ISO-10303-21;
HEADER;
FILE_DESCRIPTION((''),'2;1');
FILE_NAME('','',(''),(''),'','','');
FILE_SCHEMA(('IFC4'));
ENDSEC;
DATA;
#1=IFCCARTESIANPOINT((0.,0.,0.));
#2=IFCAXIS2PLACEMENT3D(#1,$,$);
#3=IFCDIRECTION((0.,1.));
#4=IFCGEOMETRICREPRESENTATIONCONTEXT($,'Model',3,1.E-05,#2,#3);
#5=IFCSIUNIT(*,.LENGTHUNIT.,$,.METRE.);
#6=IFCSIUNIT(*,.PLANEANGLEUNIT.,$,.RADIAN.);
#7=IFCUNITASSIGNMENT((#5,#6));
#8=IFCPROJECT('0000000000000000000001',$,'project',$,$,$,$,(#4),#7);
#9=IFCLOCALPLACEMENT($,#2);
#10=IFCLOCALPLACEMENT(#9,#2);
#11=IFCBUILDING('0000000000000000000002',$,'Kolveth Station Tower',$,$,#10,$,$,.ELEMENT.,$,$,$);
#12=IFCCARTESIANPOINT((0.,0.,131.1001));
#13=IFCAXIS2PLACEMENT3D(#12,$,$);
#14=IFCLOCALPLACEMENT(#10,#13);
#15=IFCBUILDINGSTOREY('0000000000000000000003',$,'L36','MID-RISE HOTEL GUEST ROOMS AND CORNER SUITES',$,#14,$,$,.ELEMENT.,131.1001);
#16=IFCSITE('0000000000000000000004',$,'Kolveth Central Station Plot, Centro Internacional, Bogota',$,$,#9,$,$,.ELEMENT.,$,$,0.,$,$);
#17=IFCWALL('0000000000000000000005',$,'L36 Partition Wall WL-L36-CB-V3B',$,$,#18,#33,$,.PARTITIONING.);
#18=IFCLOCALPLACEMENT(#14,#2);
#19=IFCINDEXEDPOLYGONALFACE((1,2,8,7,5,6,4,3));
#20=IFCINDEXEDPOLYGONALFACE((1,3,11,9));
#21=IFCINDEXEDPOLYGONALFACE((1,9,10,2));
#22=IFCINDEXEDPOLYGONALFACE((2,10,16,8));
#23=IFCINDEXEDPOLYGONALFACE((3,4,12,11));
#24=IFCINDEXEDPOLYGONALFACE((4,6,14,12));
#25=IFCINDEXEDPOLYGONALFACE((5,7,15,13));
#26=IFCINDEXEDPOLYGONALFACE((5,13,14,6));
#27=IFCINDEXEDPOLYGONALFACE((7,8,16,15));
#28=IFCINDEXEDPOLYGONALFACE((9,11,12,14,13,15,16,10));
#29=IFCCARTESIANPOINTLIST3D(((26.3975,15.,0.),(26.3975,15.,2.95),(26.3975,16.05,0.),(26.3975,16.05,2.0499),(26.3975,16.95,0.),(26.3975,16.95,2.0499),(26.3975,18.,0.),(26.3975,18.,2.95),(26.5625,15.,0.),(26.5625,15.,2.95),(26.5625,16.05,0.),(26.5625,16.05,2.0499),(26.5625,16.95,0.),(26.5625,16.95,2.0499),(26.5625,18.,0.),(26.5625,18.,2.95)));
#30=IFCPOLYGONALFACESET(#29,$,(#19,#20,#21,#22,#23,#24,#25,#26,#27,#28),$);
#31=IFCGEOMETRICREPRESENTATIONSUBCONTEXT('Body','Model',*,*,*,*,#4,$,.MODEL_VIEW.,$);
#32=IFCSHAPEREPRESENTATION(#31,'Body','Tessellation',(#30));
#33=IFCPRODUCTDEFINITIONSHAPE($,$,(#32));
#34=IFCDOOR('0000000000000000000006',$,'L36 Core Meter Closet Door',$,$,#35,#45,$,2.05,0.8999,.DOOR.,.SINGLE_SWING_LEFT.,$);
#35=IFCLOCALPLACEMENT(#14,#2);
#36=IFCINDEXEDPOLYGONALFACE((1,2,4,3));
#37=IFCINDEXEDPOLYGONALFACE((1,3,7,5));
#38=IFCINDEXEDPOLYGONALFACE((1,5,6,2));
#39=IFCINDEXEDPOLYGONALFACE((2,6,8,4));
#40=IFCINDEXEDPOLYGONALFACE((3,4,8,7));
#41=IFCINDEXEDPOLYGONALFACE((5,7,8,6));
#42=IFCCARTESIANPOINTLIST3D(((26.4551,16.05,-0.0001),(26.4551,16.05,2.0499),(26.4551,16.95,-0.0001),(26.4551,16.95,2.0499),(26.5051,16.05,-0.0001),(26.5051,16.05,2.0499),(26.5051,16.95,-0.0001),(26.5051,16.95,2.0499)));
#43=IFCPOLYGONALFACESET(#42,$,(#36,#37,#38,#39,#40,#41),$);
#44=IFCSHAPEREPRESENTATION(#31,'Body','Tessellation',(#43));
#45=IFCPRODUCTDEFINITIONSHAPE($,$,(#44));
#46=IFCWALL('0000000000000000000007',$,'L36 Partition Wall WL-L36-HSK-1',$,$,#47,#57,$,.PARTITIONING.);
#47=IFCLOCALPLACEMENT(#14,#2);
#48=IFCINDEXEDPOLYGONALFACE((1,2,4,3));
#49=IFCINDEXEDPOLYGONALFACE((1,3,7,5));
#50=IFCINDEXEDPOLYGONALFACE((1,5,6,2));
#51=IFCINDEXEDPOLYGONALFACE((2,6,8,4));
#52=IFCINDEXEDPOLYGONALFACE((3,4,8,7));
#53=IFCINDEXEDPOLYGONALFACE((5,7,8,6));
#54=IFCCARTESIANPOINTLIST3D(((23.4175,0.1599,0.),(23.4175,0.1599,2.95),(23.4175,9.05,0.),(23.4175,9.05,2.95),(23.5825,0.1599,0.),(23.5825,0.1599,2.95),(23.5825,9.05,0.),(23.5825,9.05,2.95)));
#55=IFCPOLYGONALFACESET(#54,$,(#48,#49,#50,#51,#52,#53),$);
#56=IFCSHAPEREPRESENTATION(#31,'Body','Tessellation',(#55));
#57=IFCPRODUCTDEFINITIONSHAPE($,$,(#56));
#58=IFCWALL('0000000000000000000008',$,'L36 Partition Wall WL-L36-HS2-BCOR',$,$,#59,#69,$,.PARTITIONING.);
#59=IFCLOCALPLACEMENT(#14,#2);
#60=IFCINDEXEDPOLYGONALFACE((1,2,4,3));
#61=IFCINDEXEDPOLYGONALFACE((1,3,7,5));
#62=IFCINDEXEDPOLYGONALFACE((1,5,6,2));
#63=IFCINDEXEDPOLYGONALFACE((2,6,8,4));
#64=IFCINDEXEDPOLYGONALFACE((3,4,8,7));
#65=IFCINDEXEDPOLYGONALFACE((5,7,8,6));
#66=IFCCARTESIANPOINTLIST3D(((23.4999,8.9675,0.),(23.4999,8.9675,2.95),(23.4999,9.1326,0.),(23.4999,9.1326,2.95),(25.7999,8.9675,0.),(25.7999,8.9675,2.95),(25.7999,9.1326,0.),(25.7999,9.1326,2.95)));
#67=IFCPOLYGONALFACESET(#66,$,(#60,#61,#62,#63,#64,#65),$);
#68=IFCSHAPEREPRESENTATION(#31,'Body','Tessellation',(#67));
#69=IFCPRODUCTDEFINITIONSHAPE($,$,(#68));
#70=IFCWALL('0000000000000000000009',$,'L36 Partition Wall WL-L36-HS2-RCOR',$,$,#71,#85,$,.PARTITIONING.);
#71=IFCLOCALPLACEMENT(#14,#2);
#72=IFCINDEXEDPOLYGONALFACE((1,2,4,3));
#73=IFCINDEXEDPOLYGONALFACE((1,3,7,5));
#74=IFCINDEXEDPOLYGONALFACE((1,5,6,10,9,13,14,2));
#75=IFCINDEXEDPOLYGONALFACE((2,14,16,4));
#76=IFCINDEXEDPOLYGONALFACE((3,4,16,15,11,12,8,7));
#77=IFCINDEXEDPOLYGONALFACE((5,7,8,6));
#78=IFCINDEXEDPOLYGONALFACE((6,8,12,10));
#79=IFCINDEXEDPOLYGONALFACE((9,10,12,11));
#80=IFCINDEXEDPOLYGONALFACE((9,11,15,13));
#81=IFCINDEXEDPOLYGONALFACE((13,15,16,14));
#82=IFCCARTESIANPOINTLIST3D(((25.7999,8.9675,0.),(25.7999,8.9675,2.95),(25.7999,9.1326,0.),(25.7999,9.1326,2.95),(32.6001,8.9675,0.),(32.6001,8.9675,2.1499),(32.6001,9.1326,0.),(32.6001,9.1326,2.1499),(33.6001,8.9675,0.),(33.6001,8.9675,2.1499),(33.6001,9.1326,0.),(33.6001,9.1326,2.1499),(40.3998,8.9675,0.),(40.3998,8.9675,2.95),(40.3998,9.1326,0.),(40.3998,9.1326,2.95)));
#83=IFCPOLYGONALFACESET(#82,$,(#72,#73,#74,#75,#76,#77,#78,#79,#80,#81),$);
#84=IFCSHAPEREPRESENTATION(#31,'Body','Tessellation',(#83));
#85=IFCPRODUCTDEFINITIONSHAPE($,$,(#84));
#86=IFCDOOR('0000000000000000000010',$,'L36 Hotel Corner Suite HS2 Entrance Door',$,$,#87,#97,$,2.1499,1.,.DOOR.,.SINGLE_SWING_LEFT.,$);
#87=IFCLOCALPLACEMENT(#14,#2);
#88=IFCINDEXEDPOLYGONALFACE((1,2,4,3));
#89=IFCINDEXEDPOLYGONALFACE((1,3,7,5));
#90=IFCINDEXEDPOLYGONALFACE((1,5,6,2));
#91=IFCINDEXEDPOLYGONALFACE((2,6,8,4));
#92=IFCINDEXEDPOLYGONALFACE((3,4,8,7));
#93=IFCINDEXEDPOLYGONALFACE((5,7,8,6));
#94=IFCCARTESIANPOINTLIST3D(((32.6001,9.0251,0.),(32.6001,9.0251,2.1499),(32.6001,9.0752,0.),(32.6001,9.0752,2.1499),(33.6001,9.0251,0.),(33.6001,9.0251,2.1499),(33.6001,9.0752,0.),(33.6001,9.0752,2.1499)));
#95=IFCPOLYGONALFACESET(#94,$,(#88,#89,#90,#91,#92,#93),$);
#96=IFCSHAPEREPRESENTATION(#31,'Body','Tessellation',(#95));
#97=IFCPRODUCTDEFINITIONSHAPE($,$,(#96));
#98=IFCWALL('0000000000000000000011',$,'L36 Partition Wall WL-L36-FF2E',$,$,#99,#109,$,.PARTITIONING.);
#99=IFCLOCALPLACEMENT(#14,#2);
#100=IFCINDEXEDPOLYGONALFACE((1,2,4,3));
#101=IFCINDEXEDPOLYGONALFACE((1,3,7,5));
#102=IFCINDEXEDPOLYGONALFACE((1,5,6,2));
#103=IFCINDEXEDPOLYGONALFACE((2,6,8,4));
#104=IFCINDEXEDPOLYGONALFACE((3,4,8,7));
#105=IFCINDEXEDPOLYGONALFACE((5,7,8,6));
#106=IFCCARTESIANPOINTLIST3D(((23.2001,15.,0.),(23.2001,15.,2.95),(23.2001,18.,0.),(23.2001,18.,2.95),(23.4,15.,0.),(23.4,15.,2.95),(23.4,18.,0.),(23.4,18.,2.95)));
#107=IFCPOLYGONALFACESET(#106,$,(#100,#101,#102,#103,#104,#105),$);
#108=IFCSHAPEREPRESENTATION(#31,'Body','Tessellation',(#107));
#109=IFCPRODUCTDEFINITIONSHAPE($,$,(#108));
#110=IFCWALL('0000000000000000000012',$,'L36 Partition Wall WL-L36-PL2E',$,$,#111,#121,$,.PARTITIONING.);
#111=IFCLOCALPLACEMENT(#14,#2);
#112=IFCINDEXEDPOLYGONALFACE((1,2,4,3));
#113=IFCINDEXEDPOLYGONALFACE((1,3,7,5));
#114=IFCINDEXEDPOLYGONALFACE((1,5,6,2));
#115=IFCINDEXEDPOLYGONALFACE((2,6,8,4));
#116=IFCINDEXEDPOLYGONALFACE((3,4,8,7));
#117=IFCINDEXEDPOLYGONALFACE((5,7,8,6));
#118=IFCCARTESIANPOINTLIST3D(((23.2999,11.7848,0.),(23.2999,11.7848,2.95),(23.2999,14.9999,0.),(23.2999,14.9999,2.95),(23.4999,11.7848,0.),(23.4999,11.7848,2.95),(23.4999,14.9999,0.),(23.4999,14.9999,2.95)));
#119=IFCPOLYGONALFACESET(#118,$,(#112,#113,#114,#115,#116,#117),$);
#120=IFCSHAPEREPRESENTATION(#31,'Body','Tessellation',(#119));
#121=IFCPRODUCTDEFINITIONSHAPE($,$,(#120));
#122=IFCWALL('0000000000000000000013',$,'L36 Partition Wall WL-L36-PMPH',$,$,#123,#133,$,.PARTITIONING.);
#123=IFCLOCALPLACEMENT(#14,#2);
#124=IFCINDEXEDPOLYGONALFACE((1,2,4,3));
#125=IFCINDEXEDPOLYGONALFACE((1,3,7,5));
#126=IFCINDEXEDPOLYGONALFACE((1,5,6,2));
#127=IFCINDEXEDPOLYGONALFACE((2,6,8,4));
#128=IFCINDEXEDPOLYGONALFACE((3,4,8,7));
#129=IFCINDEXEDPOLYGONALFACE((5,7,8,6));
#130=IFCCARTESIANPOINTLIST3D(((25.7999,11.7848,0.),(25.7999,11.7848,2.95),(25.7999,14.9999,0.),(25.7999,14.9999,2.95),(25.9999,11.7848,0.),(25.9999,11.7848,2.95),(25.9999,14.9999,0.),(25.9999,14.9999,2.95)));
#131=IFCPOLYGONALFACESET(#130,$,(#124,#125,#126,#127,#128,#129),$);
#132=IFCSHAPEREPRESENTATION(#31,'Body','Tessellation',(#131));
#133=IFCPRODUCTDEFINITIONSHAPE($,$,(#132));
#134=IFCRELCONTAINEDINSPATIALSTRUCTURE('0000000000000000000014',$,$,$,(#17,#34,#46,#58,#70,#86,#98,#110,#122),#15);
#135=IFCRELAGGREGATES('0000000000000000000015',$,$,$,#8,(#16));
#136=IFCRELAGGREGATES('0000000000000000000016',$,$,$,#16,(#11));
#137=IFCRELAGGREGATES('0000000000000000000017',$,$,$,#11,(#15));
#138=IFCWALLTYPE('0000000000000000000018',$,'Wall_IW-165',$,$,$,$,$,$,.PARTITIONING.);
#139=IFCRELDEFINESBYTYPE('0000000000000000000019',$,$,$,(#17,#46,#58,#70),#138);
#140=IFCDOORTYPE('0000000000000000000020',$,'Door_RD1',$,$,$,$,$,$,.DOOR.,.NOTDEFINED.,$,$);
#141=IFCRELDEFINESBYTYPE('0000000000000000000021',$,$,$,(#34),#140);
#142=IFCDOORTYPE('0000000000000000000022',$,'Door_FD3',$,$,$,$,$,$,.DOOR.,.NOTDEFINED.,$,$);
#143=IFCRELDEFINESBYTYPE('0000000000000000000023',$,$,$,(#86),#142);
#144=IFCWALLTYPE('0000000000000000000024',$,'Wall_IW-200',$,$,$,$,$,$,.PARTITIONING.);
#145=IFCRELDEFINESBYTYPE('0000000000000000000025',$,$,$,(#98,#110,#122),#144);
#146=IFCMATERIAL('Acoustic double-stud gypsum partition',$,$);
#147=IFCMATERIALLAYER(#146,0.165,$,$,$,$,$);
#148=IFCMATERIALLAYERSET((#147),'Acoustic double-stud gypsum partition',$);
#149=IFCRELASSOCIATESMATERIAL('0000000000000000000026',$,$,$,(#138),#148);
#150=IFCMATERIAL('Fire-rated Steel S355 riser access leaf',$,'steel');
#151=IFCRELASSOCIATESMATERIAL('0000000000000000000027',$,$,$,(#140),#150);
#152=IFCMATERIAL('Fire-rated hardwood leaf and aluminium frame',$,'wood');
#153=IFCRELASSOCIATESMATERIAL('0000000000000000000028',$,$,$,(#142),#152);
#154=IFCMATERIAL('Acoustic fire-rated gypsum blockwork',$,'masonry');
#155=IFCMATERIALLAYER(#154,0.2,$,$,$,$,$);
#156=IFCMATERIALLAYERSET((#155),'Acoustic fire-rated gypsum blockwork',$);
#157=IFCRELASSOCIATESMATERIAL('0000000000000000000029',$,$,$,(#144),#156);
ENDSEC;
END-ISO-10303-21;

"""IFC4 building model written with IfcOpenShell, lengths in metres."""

from ifc_helpers import new_model, si_unit, direction, frame, frame_2d, origin, place, context, subcontext, project, spatial, rectangle, extrude, material, layer, layer_set, type_object, element, fill, save


model = new_model("IFC4")

# Units and contexts
model_context = context("Model", 3, precision=1e-05, world=origin(), true_north=direction((0.0, 1.0)))
body_context = subcontext(model_context, "Body", "Model", "MODEL_VIEW")
ifc_project = project(units=[si_unit("LENGTHUNIT", "METRE"), si_unit("PLANEANGLEUNIT", "RADIAN")], contexts=[model_context])

# Site, building, storey
site_placement = place(None, origin())
site = spatial("IfcSite", under=ifc_project, at=site_placement, Name="Kolveth Central Station Plot, Centro Internacional, Bogota", CompositionType="ELEMENT", RefElevation=0.0)
building_placement = place(site_placement, origin())
building = spatial("IfcBuilding", under=site, at=building_placement, Name="Kolveth Station Tower", CompositionType="ELEMENT")
storey_placement = place(building_placement, frame((0.0, 0.0, 131.1001)))
storey = spatial("IfcBuildingStorey", under=building, at=storey_placement, Name="L36", Description="MID-RISE HOTEL GUEST ROOMS AND CORNER SUITES", CompositionType="ELEMENT", Elevation=131.1001)

# Shared definitions
ifc_material_1 = material(Name="Acoustic double-stud gypsum partition")
ifc_layer_1 = layer(ifc_material_1, 0.165)
ifc_layer_set_1 = layer_set([ifc_layer_1], Name="Acoustic double-stud gypsum partition")
wall_type_1 = type_object("IfcWallType", Name="Wall_IW-165", PredefinedType="PARTITIONING", material=ifc_layer_set_1)

# Wall, opening, door
wall_1_placement = place(storey_placement, frame((26.48, 15.0, 0.0), z_axis=(0.0, 0.0, 1.0), x_axis=(0.0, 1.0, 0.0)))
wall_1 = element("IfcWall", 1, at=wall_1_placement, inside=storey, type_object=wall_type_1, Name="L36 Partition Wall WL-L36-CB-V3B", PredefinedType="PARTITIONING", context=body_context, shape_type="SweptSolid", body=[
    extrude(rectangle(XDim=3.0, YDim=0.165, at=frame_2d((1.5, 0.0))), origin(), (0.0, 0.0, 1.0), 2.95),
])
opening_1_placement = place(wall_1_placement, frame((1.05, 0.0, 0.0)))
opening_1 = element("IfcOpeningElement", 2, at=opening_1_placement, cuts=wall_1, PredefinedType="OPENING", context=body_context, shape_type="SweptSolid", body=[
    extrude(rectangle(XDim=0.8999, YDim=2.05, at=frame_2d((0.45, 1.0249))), frame((0.0, 0.0925, 0.0), z_axis=(0.0, -1.0, 0.0), x_axis=(1.0, 0.0, 0.0)), (0.0, 0.0, 1.0), 0.1851),
])
ifc_material_2 = material(Name="Fire-rated Steel S355 riser access leaf", Category="steel")
door_type_1 = type_object("IfcDoorType", Name="Door_RD1", OperationType="NOTDEFINED", PredefinedType="DOOR", material=ifc_material_2)
door_1_placement = place(opening_1_placement, origin())
door_1 = element("IfcDoor", 3, at=door_1_placement, inside=storey, type_object=door_type_1, Name="L36 Core Meter Closet Door", OperationType="SINGLE_SWING_LEFT", OverallHeight=2.05, OverallWidth=0.8999, PredefinedType="DOOR", context=body_context, shape_type="SweptSolid", body=[
    extrude(rectangle(XDim=0.8999, YDim=2.05, at=frame_2d((0.45, 1.0249))), frame((0.0, 0.0249, 0.0), z_axis=(0.0, -1.0, 0.0), x_axis=(1.0, 0.0, 0.0)), (0.0, 0.0, 1.0), 0.05),
])
fill(opening_1, door_1)

# Walls
wall_2_placement = place(storey_placement, frame((23.5, 0.1599, 0.0), z_axis=(0.0, 0.0, 1.0), x_axis=(0.0, 1.0, 0.0)))
element("IfcWall", 4, at=wall_2_placement, inside=storey, type_object=wall_type_1, Name="L36 Partition Wall WL-L36-HSK-1", PredefinedType="PARTITIONING", context=body_context, shape_type="SweptSolid", body=[
    extrude(rectangle(XDim=8.8901, YDim=0.165, at=frame_2d((4.4451, 0.0))), origin(), (0.0, 0.0, 1.0), 2.95),
])
wall_3_placement = place(storey_placement, frame((23.5, 9.05, 0.0), z_axis=(0.0, 0.0, 1.0), x_axis=(1.0, 0.0, 0.0)))
element("IfcWall", 5, at=wall_3_placement, inside=storey, type_object=wall_type_1, Name="L36 Partition Wall WL-L36-HS2-BCOR", PredefinedType="PARTITIONING", context=body_context, shape_type="SweptSolid", body=[
    extrude(rectangle(XDim=2.3, YDim=0.165, at=frame_2d((1.1499, 0.0))), origin(), (0.0, 0.0, 1.0), 2.95),
])

# Wall, opening, door
wall_4_placement = place(storey_placement, frame((25.8, 9.05, 0.0), z_axis=(0.0, 0.0, 1.0), x_axis=(1.0, 0.0, 0.0)))
wall_4 = element("IfcWall", 6, at=wall_4_placement, inside=storey, type_object=wall_type_1, Name="L36 Partition Wall WL-L36-HS2-RCOR", PredefinedType="PARTITIONING", context=body_context, shape_type="SweptSolid", body=[
    extrude(rectangle(XDim=14.5999, YDim=0.165, at=frame_2d((7.2998, 0.0))), origin(), (0.0, 0.0, 1.0), 2.95),
])
opening_2_placement = place(wall_4_placement, frame((6.8, 0.0, 0.0)))
opening_2 = element("IfcOpeningElement", 7, at=opening_2_placement, cuts=wall_4, PredefinedType="OPENING", context=body_context, shape_type="SweptSolid", body=[
    extrude(rectangle(XDim=1.0, YDim=2.1499, at=frame_2d((0.5, 1.075))), frame((0.0, 0.0925, 0.0), z_axis=(0.0, -1.0, 0.0), x_axis=(1.0, 0.0, 0.0)), (0.0, 0.0, 1.0), 0.1851),
])
ifc_material_3 = material(Name="Fire-rated hardwood leaf and aluminium frame", Category="wood")
door_type_2 = type_object("IfcDoorType", Name="Door_FD3", OperationType="NOTDEFINED", PredefinedType="DOOR", material=ifc_material_3)
door_2_placement = place(opening_2_placement, frame((1.0, 0.0, 0.0), z_axis=(0.0, 0.0, 1.0), x_axis=(-1.0, 0.0, 0.0)))
door_2 = element("IfcDoor", 8, at=door_2_placement, inside=storey, type_object=door_type_2, Name="L36 Hotel Corner Suite HS2 Entrance Door", OperationType="SINGLE_SWING_LEFT", OverallHeight=2.1499, OverallWidth=1.0, PredefinedType="DOOR", context=body_context, shape_type="SweptSolid", body=[
    extrude(rectangle(XDim=1.0, YDim=2.1499, at=frame_2d((0.5, 1.075))), frame((0.0, 0.0249, 0.0), z_axis=(0.0, -1.0, 0.0), x_axis=(1.0, 0.0, 0.0)), (0.0, 0.0, 1.0), 0.05),
])
fill(opening_2, door_2)

# Walls
ifc_material_4 = material(Name="Acoustic fire-rated gypsum blockwork", Category="masonry")
ifc_layer_2 = layer(ifc_material_4, 0.2)
ifc_layer_set_2 = layer_set([ifc_layer_2], Name="Acoustic fire-rated gypsum blockwork")
wall_type_2 = type_object("IfcWallType", Name="Wall_IW-200", PredefinedType="PARTITIONING", material=ifc_layer_set_2)
wall_5_placement = place(storey_placement, frame((23.3, 15.0, 0.0), z_axis=(0.0, 0.0, 1.0), x_axis=(0.0, 1.0, 0.0)))
element("IfcWall", 9, at=wall_5_placement, inside=storey, type_object=wall_type_2, Name="L36 Partition Wall WL-L36-FF2E", PredefinedType="PARTITIONING", context=body_context, shape_type="SweptSolid", body=[
    extrude(rectangle(XDim=3.0, YDim=0.2, at=frame_2d((1.5, 0.0))), origin(), (0.0, 0.0, 1.0), 2.95),
])
for number, where, z_axis, x_axis, name in (
    (10, (23.3999, 11.7849, 0.0), (0.0, 0.0, 1.0), (0.0, 1.0, 0.0), "L36 Partition Wall WL-L36-PL2E"),
    (11, (25.8999, 11.7849, 0.0), (0.0, 0.0, 1.0), (0.0, 1.0, 0.0), "L36 Partition Wall WL-L36-PMPH"),
):
    element("IfcWall", number, at=place(storey_placement, frame(where, z_axis=z_axis, x_axis=x_axis)), inside=storey, type_object=wall_type_2, Name=name, PredefinedType="PARTITIONING", context=body_context, shape_type="SweptSolid", body=[
        extrude(rectangle(XDim=3.2151, YDim=0.2, at=frame_2d((1.6074, 0.0))), origin(), (0.0, 0.0, 1.0), 2.95),
    ])

save(model, "model.ifc")
